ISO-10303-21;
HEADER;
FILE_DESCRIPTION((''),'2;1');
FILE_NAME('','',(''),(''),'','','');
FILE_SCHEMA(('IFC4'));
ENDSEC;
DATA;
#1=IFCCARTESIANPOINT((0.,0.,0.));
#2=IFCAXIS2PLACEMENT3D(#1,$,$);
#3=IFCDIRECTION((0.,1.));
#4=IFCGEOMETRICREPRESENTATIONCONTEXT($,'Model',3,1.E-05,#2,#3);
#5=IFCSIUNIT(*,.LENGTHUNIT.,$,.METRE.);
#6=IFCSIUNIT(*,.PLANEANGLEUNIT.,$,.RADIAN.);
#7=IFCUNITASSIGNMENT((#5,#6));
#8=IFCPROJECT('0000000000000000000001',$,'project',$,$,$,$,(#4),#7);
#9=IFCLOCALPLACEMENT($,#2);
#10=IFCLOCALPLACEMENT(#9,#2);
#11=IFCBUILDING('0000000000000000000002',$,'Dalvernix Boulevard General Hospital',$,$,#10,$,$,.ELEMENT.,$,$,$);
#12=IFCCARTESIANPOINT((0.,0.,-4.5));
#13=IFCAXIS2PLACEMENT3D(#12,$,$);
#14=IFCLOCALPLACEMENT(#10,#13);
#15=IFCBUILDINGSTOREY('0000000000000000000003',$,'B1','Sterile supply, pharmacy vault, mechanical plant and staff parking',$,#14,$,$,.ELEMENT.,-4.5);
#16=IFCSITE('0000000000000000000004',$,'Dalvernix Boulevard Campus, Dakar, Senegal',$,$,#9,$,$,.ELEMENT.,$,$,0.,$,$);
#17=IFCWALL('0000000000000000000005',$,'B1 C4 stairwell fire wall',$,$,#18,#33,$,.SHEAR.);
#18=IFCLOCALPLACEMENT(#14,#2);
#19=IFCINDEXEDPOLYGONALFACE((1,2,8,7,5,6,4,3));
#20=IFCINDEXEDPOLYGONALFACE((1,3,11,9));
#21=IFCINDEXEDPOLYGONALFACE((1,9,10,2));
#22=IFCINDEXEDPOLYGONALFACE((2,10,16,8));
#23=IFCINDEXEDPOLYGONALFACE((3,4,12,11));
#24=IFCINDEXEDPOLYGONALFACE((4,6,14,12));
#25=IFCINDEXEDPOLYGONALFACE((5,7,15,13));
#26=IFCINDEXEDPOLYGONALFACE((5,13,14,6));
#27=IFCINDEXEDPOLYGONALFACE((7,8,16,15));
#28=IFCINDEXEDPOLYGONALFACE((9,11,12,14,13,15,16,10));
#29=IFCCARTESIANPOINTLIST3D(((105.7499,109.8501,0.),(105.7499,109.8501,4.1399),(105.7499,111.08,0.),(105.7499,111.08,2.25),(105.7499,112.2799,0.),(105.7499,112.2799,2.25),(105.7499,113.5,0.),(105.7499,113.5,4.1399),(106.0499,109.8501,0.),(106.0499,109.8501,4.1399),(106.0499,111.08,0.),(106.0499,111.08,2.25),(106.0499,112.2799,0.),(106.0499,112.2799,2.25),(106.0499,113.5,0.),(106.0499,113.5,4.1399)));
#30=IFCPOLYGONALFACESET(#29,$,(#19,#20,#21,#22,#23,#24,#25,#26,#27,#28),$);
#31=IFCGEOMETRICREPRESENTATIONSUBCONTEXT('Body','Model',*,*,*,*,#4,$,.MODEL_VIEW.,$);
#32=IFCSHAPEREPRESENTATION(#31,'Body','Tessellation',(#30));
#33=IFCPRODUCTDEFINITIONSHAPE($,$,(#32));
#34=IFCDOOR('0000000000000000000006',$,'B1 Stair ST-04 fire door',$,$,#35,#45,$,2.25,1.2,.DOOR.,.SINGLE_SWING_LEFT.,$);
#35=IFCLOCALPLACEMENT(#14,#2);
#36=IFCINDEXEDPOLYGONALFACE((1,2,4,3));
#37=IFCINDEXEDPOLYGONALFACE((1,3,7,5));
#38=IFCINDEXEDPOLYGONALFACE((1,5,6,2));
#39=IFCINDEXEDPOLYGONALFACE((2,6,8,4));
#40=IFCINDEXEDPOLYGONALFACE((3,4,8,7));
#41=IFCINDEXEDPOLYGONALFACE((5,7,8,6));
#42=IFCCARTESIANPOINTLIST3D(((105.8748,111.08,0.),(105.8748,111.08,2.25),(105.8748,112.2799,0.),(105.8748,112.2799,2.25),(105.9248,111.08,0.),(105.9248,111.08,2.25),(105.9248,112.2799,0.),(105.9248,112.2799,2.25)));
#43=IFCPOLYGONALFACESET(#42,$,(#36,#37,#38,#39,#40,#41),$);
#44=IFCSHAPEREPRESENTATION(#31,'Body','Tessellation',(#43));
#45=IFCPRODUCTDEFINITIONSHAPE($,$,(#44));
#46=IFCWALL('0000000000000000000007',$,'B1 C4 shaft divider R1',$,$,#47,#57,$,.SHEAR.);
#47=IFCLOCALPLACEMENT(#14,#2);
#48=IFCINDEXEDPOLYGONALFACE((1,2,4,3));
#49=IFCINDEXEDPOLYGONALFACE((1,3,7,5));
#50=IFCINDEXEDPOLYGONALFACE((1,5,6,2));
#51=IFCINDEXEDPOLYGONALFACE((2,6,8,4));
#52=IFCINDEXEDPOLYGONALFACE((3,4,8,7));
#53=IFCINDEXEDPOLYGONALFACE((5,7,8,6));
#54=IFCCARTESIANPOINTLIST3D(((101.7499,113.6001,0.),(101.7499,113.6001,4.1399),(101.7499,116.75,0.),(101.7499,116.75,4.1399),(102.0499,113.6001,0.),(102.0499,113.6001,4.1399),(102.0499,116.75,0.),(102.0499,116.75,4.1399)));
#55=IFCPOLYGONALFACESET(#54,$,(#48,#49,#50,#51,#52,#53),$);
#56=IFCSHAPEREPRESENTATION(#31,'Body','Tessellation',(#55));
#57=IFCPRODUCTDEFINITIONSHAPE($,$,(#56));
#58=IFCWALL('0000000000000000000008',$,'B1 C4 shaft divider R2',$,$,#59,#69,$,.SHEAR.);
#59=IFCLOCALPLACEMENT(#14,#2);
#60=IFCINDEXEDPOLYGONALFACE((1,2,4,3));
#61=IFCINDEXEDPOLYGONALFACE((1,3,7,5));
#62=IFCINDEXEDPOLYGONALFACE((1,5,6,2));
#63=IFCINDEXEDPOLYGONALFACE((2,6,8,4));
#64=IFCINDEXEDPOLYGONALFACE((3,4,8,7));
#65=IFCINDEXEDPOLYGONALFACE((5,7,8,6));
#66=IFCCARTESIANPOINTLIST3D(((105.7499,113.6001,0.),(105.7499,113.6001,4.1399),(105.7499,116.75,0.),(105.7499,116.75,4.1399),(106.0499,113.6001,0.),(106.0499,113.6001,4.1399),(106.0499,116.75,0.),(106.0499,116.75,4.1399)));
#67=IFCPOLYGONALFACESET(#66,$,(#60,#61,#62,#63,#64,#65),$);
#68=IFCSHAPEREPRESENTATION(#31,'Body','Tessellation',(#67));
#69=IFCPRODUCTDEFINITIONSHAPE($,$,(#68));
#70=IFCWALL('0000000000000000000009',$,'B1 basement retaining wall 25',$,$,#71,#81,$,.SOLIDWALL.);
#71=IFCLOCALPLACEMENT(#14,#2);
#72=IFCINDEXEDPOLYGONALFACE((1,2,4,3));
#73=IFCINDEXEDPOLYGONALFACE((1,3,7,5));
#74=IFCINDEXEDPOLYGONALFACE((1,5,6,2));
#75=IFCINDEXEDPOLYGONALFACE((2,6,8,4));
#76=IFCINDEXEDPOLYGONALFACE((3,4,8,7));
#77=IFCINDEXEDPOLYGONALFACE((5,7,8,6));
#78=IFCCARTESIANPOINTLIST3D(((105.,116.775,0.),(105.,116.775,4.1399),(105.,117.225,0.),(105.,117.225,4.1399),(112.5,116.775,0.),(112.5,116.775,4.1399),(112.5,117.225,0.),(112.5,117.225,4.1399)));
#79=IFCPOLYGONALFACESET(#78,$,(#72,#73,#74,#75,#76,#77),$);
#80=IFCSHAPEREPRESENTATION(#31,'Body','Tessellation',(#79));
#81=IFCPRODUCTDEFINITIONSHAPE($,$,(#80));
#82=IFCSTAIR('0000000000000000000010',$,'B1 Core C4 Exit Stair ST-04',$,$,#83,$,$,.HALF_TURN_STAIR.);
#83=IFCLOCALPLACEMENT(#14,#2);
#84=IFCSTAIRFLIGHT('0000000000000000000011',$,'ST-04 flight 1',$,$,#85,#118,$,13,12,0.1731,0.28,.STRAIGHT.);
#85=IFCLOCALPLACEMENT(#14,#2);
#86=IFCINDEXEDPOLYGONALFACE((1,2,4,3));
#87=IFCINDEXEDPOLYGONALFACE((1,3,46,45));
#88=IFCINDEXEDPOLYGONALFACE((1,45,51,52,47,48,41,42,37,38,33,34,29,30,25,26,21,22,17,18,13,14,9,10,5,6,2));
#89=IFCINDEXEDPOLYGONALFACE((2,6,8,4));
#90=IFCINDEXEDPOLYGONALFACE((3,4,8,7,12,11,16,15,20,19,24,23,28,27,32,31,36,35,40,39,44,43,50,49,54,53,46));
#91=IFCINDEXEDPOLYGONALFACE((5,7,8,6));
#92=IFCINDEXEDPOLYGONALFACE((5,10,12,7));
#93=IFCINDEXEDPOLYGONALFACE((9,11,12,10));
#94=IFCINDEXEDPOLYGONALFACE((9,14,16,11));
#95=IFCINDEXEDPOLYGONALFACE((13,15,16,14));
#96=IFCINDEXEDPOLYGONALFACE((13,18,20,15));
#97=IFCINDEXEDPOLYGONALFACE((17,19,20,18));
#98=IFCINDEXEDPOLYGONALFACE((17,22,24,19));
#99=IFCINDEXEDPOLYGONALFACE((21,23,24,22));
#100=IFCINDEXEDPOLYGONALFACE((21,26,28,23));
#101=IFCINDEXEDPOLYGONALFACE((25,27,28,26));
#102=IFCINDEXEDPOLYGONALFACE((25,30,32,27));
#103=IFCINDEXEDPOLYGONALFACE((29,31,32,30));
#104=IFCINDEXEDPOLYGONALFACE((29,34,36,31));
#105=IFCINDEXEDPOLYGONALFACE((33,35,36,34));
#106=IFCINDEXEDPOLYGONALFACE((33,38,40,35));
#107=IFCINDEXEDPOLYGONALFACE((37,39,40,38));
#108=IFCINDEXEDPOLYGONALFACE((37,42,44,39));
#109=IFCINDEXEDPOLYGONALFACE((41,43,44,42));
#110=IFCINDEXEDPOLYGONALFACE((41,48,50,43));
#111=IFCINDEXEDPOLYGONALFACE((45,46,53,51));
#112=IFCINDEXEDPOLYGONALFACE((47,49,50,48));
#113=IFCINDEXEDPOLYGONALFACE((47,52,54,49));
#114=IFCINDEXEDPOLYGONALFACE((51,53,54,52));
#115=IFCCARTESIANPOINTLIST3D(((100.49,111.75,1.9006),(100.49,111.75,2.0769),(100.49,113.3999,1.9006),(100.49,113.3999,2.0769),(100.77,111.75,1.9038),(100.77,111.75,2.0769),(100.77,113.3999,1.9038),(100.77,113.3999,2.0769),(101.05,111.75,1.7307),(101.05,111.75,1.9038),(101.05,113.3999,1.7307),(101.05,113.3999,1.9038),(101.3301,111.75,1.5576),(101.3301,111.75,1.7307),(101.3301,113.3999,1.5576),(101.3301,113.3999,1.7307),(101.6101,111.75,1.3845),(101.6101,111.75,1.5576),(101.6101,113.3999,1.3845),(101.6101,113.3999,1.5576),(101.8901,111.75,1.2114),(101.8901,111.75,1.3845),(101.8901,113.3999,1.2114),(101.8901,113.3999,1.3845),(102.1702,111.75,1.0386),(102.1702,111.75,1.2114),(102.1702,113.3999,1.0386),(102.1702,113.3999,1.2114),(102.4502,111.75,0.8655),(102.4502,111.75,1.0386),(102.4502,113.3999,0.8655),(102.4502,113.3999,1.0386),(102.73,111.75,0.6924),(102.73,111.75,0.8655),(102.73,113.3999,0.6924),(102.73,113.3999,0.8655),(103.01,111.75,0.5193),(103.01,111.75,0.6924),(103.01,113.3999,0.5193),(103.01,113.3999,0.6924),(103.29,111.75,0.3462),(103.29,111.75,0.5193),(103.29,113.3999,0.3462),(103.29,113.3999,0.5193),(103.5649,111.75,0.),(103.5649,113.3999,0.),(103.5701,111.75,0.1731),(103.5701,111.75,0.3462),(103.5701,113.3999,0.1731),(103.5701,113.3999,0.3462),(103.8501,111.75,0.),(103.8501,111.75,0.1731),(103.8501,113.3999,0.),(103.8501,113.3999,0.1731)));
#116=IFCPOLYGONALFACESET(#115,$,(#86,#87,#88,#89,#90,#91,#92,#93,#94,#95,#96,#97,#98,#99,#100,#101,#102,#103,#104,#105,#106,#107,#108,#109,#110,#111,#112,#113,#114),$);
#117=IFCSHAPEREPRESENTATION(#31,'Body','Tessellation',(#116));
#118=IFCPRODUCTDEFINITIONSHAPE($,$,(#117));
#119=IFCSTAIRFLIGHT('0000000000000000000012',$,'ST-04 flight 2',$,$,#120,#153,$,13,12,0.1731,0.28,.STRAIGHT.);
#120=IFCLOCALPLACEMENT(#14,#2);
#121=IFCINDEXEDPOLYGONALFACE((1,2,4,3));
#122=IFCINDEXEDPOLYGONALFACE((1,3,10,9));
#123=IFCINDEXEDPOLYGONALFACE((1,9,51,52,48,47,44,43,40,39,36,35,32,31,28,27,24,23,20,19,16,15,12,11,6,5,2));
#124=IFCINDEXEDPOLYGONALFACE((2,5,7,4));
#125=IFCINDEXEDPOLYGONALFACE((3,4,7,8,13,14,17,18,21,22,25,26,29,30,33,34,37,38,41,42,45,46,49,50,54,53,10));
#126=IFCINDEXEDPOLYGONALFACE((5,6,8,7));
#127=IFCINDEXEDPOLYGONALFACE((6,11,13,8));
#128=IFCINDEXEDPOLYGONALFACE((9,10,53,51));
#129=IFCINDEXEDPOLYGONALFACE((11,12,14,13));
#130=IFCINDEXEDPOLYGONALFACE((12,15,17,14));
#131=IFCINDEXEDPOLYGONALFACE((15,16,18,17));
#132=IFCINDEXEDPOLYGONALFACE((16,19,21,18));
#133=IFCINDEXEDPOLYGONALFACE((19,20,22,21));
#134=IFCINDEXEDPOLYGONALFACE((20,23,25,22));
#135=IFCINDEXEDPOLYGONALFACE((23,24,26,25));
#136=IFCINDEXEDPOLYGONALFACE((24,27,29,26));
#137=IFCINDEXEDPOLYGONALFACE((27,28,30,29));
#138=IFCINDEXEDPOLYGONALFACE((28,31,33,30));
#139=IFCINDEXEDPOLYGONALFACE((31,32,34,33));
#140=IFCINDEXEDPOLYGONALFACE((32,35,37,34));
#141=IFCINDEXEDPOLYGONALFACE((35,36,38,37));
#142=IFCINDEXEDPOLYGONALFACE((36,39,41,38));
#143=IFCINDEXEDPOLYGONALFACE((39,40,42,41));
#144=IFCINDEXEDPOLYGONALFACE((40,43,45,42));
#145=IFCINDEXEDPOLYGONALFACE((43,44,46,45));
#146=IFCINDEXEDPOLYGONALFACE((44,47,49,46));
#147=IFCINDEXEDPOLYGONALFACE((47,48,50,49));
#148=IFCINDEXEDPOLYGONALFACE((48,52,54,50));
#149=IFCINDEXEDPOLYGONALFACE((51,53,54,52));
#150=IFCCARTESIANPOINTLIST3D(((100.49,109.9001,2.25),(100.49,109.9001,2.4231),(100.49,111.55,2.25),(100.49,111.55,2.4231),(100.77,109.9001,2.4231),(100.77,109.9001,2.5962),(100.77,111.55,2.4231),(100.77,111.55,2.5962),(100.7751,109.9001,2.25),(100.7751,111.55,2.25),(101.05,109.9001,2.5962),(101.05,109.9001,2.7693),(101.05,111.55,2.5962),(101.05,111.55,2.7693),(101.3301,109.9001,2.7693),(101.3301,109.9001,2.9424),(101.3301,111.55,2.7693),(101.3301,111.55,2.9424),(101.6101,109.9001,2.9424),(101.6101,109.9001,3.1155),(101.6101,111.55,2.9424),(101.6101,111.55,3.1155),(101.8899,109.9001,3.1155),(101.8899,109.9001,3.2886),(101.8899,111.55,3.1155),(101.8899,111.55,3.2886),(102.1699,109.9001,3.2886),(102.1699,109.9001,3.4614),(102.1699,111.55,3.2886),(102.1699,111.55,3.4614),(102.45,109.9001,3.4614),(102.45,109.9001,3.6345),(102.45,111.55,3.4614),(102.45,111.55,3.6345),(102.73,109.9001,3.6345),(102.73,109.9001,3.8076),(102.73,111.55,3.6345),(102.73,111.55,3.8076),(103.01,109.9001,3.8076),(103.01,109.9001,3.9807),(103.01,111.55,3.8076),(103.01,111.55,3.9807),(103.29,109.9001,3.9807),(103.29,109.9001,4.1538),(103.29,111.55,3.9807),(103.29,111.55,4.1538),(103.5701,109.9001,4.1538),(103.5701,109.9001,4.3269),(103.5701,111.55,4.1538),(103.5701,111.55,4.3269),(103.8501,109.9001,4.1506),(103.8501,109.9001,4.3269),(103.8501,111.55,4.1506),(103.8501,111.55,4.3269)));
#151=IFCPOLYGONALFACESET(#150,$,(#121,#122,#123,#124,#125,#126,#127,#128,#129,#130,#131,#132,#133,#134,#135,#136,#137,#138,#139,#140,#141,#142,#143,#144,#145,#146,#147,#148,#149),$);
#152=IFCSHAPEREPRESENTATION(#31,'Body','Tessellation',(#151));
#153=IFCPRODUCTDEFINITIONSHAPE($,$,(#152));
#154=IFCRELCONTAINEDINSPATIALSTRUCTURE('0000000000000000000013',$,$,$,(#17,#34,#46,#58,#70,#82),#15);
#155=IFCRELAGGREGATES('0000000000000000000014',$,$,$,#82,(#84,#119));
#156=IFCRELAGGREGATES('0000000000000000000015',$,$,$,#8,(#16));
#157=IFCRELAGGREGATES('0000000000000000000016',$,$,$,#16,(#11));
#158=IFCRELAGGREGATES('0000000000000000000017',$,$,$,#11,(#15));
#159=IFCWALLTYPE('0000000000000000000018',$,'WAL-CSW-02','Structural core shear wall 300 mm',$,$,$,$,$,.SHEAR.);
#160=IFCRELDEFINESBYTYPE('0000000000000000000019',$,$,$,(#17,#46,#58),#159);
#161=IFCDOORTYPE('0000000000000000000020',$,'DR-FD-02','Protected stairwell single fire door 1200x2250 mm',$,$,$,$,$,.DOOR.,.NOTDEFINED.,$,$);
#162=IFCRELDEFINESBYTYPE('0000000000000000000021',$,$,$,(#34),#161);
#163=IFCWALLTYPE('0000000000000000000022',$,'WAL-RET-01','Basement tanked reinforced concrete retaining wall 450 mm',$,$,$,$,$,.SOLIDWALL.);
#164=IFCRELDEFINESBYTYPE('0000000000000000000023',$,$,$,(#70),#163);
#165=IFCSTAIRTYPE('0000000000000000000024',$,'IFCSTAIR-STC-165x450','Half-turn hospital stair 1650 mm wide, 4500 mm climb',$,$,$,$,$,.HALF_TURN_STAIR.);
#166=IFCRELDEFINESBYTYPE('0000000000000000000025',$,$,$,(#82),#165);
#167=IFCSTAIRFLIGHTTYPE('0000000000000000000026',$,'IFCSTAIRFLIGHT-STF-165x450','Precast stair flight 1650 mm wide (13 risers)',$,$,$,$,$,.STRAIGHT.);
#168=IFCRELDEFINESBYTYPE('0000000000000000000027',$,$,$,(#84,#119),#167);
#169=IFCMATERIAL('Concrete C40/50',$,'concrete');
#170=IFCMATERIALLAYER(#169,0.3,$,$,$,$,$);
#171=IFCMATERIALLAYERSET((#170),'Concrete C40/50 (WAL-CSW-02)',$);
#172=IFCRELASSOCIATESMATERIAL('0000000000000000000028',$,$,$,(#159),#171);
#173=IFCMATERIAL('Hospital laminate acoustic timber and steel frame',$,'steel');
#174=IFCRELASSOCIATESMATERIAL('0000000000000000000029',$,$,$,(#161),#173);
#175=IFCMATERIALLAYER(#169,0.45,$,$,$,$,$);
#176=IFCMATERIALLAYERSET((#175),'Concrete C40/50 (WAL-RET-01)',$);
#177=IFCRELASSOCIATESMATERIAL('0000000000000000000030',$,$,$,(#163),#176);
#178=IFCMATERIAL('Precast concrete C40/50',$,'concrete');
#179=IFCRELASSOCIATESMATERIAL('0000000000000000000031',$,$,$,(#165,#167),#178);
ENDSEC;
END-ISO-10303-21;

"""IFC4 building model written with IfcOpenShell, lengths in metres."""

from ifc_helpers import new_model, si_unit, direction, frame, frame_2d, origin, place, context, subcontext, project, spatial, polyline, rectangle, outline, extrude, material, layer, layer_set, type_object, element, fill, aggregate, save


model = new_model("IFC4")

# Units and contexts
model_context = context("Model", 3, precision=1e-05, world=origin(), true_north=direction((0.0, 1.0)))
body_context = subcontext(model_context, "Body", "Model", "MODEL_VIEW")
ifc_project = project(units=[si_unit("LENGTHUNIT", "METRE"), si_unit("PLANEANGLEUNIT", "RADIAN")], contexts=[model_context])

# Site, building, storey
site_placement = place(None, origin())
site = spatial("IfcSite", under=ifc_project, at=site_placement, Name="Dalvernix Boulevard Campus, Dakar, Senegal", CompositionType="ELEMENT", RefElevation=0.0)
building_placement = place(site_placement, origin())
building = spatial("IfcBuilding", under=site, at=building_placement, Name="Dalvernix Boulevard General Hospital", CompositionType="ELEMENT")
storey_placement = place(building_placement, frame((0.0, 0.0, -4.5)))
storey = spatial("IfcBuildingStorey", under=building, at=storey_placement, Name="B1", Description="Sterile supply, pharmacy vault, mechanical plant and staff parking", CompositionType="ELEMENT", Elevation=-4.5)

# Shared definitions
ifc_material_1 = material(Name="Concrete C40/50", Category="concrete")

# Shared definitions
ifc_material_2 = material(Name="Hospital laminate acoustic timber and steel frame", Category="steel")

# Shared definitions
ifc_layer_1 = layer(ifc_material_1, 0.3)
ifc_layer_set_1 = layer_set([ifc_layer_1], Name="Concrete C40/50 (WAL-CSW-02)")
wall_type_1 = type_object("IfcWallType", Name="WAL-CSW-02", Description="Structural core shear wall 300 mm", PredefinedType="SHEAR", material=ifc_layer_set_1)

# Wall, opening, door
wall_1_placement = place(storey_placement, frame((105.8999, 113.5, 0.0), z_axis=(0.0, 0.0, 1.0), x_axis=(0.0, -1.0, 0.0)))
wall_1 = element("IfcWall", 1, at=wall_1_placement, inside=storey, type_object=wall_type_1, Name="B1 C4 stairwell fire wall", PredefinedType="SHEAR", context=body_context, shape_type="SweptSolid", body=[
    extrude(rectangle(XDim=3.6499, YDim=0.3, at=frame_2d((1.825, 0.0))), origin(), (0.0, 0.0, 1.0), 4.1399),
])
opening_1_placement = place(wall_1_placement, frame((1.22, 0.0, 0.0)))
opening_1 = element("IfcOpeningElement", 2, at=opening_1_placement, cuts=wall_1, PredefinedType="OPENING", context=body_context, shape_type="SweptSolid", body=[
    extrude(rectangle(XDim=1.2, YDim=2.25, at=frame_2d((0.6001, 1.125))), frame((0.0, 0.1599, 0.0), z_axis=(0.0, -1.0, 0.0), x_axis=(1.0, 0.0, 0.0)), (0.0, 0.0, 1.0), 0.3201),
])
door_type_1 = type_object("IfcDoorType", Name="DR-FD-02", Description="Protected stairwell single fire door 1200x2250 mm", OperationType="NOTDEFINED", PredefinedType="DOOR", material=ifc_material_2)
door_1_placement = place(opening_1_placement, origin())
door_1 = element("IfcDoor", 3, at=door_1_placement, inside=storey, type_object=door_type_1, Name="B1 Stair ST-04 fire door", OperationType="SINGLE_SWING_LEFT", OverallHeight=2.25, OverallWidth=1.2, PredefinedType="DOOR", context=body_context, shape_type="SweptSolid", body=[
    extrude(rectangle(XDim=1.2, YDim=2.25, at=frame_2d((0.6001, 1.125))), frame((0.0, 0.0249, 0.0), z_axis=(0.0, -1.0, 0.0), x_axis=(1.0, 0.0, 0.0)), (0.0, 0.0, 1.0), 0.05),
])
fill(opening_1, door_1)

# Walls
for number, where, z_axis, x_axis, name in (
    (4, (101.8999, 113.6001, 0.0), (0.0, 0.0, 1.0), (0.0, 1.0, 0.0), "B1 C4 shaft divider R1"),
    (5, (105.8999, 113.6001, 0.0), (0.0, 0.0, 1.0), (0.0, 1.0, 0.0), "B1 C4 shaft divider R2"),
):
    element("IfcWall", number, at=place(storey_placement, frame(where, z_axis=z_axis, x_axis=x_axis)), inside=storey, type_object=wall_type_1, Name=name, PredefinedType="SHEAR", context=body_context, shape_type="SweptSolid", body=[
        extrude(rectangle(XDim=3.1499, YDim=0.3, at=frame_2d((1.575, 0.0))), origin(), (0.0, 0.0, 1.0), 4.1399),
    ])
ifc_layer_2 = layer(ifc_material_1, 0.45)
ifc_layer_set_2 = layer_set([ifc_layer_2], Name="Concrete C40/50 (WAL-RET-01)")
wall_type_2 = type_object("IfcWallType", Name="WAL-RET-01", Description="Basement tanked reinforced concrete retaining wall 450 mm", PredefinedType="SOLIDWALL", material=ifc_layer_set_2)
wall_2_placement = place(storey_placement, frame((105.0, 117.0, 0.0), z_axis=(0.0, 0.0, 1.0), x_axis=(1.0, 0.0, 0.0)))
element("IfcWall", 6, at=wall_2_placement, inside=storey, type_object=wall_type_2, Name="B1 basement retaining wall 25", PredefinedType="SOLIDWALL", context=body_context, shape_type="SweptSolid", body=[
    extrude(rectangle(XDim=7.5, YDim=0.45, at=frame_2d((3.75, 0.0))), origin(), (0.0, 0.0, 1.0), 4.1399),
])

# Stair, stair flights
ifc_material_3 = material(Name="Precast concrete C40/50", Category="concrete")
stair_type = type_object("IfcStairType", Name="IFCSTAIR-STC-165x450", Description="Half-turn hospital stair 1650 mm wide, 4500 mm climb", PredefinedType="HALF_TURN_STAIR", material=ifc_material_3)
stair_placement = place(storey_placement, origin())
stair = element("IfcStair", 7, at=stair_placement, inside=storey, type_object=stair_type, Name="B1 Core C4 Exit Stair ST-04", PredefinedType="HALF_TURN_STAIR")
stair_flight_type = type_object("IfcStairFlightType", Name="IFCSTAIRFLIGHT-STF-165x450", Description="Precast stair flight 1650 mm wide (13 risers)", PredefinedType="STRAIGHT", material=ifc_material_3)
stair_flight_1_placement = place(storey_placement, frame((103.8501, 112.575, 0.0), z_axis=(0.0, 0.0, 1.0), x_axis=(-1.0, 0.0, 0.0)))
stair_flight_1 = element("IfcStairFlight", 8, at=stair_flight_1_placement, type_object=stair_flight_type, Name="ST-04 flight 1", NumberOfRisers=13, NumberOfTreads=12, PredefinedType="STRAIGHT", RiserHeight=0.1731, TreadLength=0.28, context=body_context, shape_type="SweptSolid", body=[
    extrude(outline(polyline([(0.0, 0.0), (0.0, 0.1731), (0.28, 0.1731), (0.28, 0.3462), (0.5601, 0.3462), (0.5601, 0.5193), (0.8401, 0.5193), (0.8401, 0.6924), (1.1201, 0.6924), (1.1201, 0.8655), (1.3999, 0.8655), (1.3999, 1.0386), (1.6799, 1.0386), (1.6799, 1.2114), (1.96, 1.2114), (1.96, 1.3845), (2.24, 1.3845), (2.24, 1.5576), (2.52, 1.5576), (2.52, 1.7307), (2.8, 1.7307), (2.8, 1.9038), (3.0801, 1.9038), (3.0801, 2.0769), (3.3601, 2.0769), (3.3601, 2.25), (3.3601, 1.9006), (0.2852, 0.0), (0.0, 0.0)])), frame((0.0, 0.825, 0.0), z_axis=(0.0, -1.0, 0.0), x_axis=(1.0, 0.0, 0.0)), (0.0, 0.0, 1.0), 1.6499),
])
stair_flight_2_placement = place(storey_placement, frame((100.49, 110.7251, 2.25), z_axis=(0.0, 0.0, 1.0), x_axis=(1.0, 0.0, 0.0)))
stair_flight_2 = element("IfcStairFlight", 9, at=stair_flight_2_placement, type_object=stair_flight_type, Name="ST-04 flight 2", NumberOfRisers=13, NumberOfTreads=12, PredefinedType="STRAIGHT", RiserHeight=0.1731, TreadLength=0.28, context=body_context, shape_type="SweptSolid", body=[
    extrude(outline(polyline([(0.0, 0.0), (0.0, 0.1731), (0.28, 0.1731), (0.28, 0.3462), (0.5601, 0.3462), (0.5601, 0.5193), (0.8401, 0.5193), (0.8401, 0.6924), (1.1201, 0.6924), (1.1201, 0.8655), (1.3999, 0.8655), (1.3999, 1.0386), (1.6799, 1.0386), (1.6799, 1.2114), (1.96, 1.2114), (1.96, 1.3845), (2.24, 1.3845), (2.24, 1.5576), (2.52, 1.5576), (2.52, 1.7307), (2.8, 1.7307), (2.8, 1.9038), (3.0801, 1.9038), (3.0801, 2.0769), (3.3601, 2.0769), (3.3601, 2.25), (3.3601, 1.9006), (0.2852, 0.0), (0.0, 0.0)])), frame((0.0, 0.825, 0.0), z_axis=(0.0, -1.0, 0.0), x_axis=(1.0, 0.0, 0.0)), (0.0, 0.0, 1.0), 1.6499),
])
aggregate(stair, [stair_flight_1, stair_flight_2])

save(model, "model.ifc")
